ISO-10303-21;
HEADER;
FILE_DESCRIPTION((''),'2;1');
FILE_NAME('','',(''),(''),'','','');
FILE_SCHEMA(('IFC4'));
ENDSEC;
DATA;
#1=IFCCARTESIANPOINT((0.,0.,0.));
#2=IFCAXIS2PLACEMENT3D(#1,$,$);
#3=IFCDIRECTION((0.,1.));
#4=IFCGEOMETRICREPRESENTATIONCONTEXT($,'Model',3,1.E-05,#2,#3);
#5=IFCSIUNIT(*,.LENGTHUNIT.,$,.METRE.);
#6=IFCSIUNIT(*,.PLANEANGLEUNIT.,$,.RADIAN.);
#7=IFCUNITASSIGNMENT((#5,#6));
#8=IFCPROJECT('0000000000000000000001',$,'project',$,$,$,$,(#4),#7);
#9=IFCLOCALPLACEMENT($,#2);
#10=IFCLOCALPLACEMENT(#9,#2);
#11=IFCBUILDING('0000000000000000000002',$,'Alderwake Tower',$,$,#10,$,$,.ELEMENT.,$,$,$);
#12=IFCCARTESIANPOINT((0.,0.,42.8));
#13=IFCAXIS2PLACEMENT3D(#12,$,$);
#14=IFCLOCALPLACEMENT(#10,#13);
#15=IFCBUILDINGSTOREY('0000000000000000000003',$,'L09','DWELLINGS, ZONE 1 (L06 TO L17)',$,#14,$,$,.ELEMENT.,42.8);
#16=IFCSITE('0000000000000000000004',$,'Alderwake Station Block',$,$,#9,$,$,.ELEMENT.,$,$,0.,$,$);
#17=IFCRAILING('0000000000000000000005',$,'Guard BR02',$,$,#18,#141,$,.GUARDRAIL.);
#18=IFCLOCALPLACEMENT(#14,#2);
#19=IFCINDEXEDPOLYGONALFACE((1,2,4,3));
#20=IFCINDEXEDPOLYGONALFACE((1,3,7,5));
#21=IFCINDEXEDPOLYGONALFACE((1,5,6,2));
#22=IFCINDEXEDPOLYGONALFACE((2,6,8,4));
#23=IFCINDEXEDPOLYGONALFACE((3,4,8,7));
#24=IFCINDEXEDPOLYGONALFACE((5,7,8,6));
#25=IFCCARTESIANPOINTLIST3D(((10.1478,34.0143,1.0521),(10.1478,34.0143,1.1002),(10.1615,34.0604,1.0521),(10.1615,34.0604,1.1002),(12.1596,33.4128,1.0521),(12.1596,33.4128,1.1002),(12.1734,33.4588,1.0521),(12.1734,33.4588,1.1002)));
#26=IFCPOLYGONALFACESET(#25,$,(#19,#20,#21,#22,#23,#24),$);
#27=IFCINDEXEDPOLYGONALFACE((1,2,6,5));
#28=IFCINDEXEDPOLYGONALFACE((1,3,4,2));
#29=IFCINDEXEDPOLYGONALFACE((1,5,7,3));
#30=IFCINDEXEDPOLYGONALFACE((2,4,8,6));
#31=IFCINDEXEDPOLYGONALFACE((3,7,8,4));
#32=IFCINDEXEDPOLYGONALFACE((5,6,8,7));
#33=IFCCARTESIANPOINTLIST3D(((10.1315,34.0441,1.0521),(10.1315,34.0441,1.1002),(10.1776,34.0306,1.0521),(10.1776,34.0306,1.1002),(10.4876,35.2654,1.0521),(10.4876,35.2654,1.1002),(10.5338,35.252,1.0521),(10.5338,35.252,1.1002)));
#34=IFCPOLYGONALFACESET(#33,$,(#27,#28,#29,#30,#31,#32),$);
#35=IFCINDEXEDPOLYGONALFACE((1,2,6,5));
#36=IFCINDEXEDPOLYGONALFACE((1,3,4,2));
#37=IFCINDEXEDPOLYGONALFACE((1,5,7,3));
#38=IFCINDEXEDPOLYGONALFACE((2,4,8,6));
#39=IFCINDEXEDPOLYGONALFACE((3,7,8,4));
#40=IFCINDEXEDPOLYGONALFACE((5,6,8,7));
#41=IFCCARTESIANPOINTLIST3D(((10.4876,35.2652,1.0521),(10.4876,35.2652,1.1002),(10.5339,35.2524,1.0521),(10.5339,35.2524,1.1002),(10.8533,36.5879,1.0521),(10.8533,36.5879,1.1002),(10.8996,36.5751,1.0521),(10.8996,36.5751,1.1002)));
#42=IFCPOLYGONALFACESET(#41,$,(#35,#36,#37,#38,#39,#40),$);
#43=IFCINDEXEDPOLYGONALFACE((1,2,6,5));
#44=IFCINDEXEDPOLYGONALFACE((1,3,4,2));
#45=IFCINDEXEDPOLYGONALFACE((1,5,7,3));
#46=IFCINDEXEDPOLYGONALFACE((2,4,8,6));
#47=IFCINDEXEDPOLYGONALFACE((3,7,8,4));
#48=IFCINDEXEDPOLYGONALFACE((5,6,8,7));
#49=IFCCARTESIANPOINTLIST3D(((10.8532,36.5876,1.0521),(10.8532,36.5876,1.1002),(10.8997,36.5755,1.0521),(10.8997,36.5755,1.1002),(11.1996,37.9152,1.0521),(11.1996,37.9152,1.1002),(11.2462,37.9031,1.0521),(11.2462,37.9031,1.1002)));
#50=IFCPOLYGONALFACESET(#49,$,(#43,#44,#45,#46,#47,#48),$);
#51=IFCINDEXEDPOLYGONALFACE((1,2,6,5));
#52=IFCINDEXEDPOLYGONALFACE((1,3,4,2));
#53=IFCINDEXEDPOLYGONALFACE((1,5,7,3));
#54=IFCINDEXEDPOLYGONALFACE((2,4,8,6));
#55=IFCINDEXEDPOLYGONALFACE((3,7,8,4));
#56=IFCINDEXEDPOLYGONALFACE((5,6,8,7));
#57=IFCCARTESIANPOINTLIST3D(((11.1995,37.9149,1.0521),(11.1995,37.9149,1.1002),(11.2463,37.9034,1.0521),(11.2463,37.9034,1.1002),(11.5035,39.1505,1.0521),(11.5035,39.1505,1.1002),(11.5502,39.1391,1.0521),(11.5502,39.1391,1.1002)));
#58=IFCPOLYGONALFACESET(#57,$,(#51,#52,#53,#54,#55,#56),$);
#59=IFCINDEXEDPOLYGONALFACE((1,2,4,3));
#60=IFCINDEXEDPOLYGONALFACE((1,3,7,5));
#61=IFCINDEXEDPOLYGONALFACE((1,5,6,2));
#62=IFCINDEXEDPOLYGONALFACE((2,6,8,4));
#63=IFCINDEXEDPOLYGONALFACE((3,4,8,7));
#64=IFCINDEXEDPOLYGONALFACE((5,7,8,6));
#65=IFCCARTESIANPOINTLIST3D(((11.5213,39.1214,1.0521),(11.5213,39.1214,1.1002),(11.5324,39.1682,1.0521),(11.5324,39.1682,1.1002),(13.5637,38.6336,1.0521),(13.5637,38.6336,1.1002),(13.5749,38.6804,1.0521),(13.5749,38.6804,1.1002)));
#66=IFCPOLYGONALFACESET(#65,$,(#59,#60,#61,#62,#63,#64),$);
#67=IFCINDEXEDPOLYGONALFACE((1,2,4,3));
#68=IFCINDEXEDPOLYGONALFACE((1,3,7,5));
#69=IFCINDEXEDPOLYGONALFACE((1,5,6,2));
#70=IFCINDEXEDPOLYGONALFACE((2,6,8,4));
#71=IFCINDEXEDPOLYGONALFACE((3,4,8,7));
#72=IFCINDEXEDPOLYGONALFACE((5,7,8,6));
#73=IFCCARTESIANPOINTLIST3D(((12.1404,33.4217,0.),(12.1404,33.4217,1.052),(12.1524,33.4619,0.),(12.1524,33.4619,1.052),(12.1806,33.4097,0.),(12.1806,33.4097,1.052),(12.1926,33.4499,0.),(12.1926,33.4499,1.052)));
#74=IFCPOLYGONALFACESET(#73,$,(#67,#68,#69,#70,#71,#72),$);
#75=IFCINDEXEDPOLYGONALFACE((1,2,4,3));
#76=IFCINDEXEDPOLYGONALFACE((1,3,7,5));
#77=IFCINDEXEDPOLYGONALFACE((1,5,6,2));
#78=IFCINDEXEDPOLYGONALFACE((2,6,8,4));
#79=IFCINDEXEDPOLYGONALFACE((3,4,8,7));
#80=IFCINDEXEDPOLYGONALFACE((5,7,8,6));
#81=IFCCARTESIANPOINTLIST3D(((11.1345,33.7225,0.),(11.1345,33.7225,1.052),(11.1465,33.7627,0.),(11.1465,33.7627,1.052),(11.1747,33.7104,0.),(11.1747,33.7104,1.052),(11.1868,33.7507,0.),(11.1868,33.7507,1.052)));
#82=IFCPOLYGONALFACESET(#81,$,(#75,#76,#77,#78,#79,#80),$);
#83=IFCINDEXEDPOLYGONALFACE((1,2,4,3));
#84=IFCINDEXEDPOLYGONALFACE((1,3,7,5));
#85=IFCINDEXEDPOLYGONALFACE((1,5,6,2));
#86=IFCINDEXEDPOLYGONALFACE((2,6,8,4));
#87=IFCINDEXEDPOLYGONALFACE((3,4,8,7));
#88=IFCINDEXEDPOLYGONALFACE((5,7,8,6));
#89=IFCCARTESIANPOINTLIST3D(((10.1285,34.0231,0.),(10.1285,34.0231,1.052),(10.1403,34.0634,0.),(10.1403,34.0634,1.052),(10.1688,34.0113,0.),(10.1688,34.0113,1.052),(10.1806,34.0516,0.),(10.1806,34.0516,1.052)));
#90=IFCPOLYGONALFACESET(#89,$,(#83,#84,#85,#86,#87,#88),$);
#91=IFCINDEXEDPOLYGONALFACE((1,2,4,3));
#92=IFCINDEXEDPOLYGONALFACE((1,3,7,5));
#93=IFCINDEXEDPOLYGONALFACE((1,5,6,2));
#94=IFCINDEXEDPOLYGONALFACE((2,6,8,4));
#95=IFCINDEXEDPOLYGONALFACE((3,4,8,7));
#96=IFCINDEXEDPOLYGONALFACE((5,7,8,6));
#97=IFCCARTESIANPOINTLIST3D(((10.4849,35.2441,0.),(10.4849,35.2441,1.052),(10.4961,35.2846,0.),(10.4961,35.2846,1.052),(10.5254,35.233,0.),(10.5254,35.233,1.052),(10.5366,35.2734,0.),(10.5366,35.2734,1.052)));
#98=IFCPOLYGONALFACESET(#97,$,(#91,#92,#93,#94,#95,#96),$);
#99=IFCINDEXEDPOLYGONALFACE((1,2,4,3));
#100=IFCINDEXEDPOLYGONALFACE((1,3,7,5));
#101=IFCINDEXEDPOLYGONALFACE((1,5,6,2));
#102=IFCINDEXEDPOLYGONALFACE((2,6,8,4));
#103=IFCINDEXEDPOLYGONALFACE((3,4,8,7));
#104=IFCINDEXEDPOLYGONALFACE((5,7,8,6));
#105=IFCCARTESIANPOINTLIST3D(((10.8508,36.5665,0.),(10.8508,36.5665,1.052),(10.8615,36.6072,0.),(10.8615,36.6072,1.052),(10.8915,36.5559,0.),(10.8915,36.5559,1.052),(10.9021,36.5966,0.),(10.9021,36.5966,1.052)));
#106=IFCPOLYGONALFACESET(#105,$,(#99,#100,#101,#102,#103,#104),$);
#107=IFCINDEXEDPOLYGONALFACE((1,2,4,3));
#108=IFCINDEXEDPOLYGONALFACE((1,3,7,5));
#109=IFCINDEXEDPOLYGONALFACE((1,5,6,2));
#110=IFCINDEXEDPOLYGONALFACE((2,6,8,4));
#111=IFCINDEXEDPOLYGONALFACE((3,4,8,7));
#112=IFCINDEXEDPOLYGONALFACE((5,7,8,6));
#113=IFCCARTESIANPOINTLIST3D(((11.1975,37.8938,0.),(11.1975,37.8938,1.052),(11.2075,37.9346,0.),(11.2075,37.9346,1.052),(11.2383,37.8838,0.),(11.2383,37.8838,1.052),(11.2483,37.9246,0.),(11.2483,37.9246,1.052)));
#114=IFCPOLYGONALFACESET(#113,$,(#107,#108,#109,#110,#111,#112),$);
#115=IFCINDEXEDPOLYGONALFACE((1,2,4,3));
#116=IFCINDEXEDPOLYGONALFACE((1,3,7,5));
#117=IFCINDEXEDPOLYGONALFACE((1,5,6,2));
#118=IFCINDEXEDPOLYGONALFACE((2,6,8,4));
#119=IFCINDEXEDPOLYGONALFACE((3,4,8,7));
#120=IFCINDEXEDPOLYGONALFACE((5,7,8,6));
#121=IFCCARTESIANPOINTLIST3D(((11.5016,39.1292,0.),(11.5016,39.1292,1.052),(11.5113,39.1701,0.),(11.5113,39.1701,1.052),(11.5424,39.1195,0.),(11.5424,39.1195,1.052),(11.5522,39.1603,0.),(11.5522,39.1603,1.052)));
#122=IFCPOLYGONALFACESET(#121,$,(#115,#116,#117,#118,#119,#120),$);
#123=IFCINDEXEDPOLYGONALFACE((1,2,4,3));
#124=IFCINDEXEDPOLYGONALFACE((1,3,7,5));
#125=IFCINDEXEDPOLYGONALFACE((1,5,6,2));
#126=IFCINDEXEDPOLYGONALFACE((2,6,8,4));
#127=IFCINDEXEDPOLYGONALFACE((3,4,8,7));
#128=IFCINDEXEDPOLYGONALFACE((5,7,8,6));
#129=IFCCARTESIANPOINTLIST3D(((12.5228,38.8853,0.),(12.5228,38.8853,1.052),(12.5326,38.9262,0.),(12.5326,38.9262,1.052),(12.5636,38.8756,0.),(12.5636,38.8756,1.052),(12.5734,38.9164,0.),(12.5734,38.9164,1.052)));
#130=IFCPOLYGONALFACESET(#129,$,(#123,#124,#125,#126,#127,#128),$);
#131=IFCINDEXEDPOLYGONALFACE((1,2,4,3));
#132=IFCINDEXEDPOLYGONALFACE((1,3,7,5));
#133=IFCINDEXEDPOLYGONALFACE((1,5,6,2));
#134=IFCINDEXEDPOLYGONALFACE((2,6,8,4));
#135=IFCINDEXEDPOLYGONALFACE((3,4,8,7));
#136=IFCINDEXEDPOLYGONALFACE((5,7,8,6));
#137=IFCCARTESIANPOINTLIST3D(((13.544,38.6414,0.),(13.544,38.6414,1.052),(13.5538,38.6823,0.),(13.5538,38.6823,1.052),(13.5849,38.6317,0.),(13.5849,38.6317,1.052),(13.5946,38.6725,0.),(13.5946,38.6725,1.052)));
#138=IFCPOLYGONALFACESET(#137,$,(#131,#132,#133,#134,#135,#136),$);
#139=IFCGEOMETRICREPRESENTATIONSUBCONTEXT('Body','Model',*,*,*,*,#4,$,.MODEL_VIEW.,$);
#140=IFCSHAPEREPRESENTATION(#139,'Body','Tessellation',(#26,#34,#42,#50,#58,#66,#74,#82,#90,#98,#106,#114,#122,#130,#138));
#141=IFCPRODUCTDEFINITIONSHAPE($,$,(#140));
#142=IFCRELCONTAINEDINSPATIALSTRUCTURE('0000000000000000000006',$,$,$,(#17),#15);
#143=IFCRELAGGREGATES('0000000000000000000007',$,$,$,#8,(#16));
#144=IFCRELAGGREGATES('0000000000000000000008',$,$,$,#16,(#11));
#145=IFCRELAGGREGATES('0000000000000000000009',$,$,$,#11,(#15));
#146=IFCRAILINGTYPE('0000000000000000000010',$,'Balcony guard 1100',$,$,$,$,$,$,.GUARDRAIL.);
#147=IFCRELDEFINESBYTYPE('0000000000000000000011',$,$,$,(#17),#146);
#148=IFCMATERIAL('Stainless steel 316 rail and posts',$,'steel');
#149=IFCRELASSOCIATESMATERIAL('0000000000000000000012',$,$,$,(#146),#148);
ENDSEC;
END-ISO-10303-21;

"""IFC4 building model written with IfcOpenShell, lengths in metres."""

from ifc_helpers import new_model, si_unit, direction, frame, origin, origin_2d, place, context, subcontext, project, spatial, rectangle, extrude, material, type_object, element, save


model = new_model("IFC4")

# Units and contexts
model_context = context("Model", 3, precision=1e-05, world=origin(), true_north=direction((0.0, 1.0)))
body_context = subcontext(model_context, "Body", "Model", "MODEL_VIEW")
ifc_project = project(units=[si_unit("LENGTHUNIT", "METRE"), si_unit("PLANEANGLEUNIT", "RADIAN")], contexts=[model_context])

# Site, building, storey
site_placement = place(None, origin())
site = spatial("IfcSite", under=ifc_project, at=site_placement, Name="Alderwake Station Block", CompositionType="ELEMENT", RefElevation=0.0)
building_placement = place(site_placement, origin())
building = spatial("IfcBuilding", under=site, at=building_placement, Name="Alderwake Tower", CompositionType="ELEMENT")
storey_placement = place(building_placement, frame((0.0, 0.0, 42.8)))
storey = spatial("IfcBuildingStorey", under=building, at=storey_placement, Name="L09", Description="DWELLINGS, ZONE 1 (L06 TO L17)", CompositionType="ELEMENT", Elevation=42.8)

# Railing
ifc_material_1 = material(Name="Stainless steel 316 rail and posts", Category="steel")
railing_type = type_object("IfcRailingType", Name="Balcony guard 1100", PredefinedType="GUARDRAIL", material=ifc_material_1)
railing_1_placement = place(storey_placement, frame((12.1665, 33.4358, 0.0)))
element("IfcRailing", 1, at=railing_1_placement, inside=storey, type_object=railing_type, Name="Guard BR02", PredefinedType="GUARDRAIL", context=body_context, shape_type="SweptSolid", body=[
    extrude(rectangle(XDim=0.0481, YDim=0.0481, at=origin_2d()), frame((0.0, 0.0, 1.0762), z_axis=(-0.958091, 0.286462, 0.0), x_axis=(-0.286462, -0.958091, 0.0)), (0.0, 0.0, 1.0), 2.0999),
    extrude(rectangle(XDim=0.0481, YDim=0.0481, at=origin_2d()), frame((-2.012, 0.6016, 1.0762), z_axis=(0.279963, 0.960011, 0.0), x_axis=(-0.960011, 0.279963, 0.0)), (0.0, 0.0, 1.0), 1.2722),
    extrude(rectangle(XDim=0.0481, YDim=0.0481, at=origin_2d()), frame((-1.6558, 1.823, 1.0762), z_axis=(0.266488, 0.963838, 0.0), x_axis=(-0.963838, 0.266488, 0.0)), (0.0, 0.0, 1.0), 1.3723),
    extrude(rectangle(XDim=0.0481, YDim=0.0481, at=origin_2d()), frame((-1.29, 3.1458, 1.0762), z_axis=(0.252487, 0.9676, 0.0), x_axis=(-0.9676, 0.252487, 0.0)), (0.0, 0.0, 1.0), 1.3721),
    extrude(rectangle(XDim=0.0481, YDim=0.0481, at=origin_2d()), frame((-0.9436, 4.4734, 1.0762), z_axis=(0.238877, 0.97105, 0.0), x_axis=(-0.97105, 0.238877, 0.0)), (0.0, 0.0, 1.0), 1.2725),
    extrude(rectangle(XDim=0.0481, YDim=0.0481, at=origin_2d()), frame((-0.6396, 5.709, 1.0762), z_axis=(0.972646, -0.232291, 0.0), x_axis=(0.232291, 0.972646, 0.0)), (0.0, 0.0, 1.0), 2.0999),
    extrude(rectangle(XDim=0.042, YDim=0.042, at=origin_2d()), frame((0.0, 0.0, 0.0), z_axis=(0.0, 0.0, 1.0), x_axis=(-0.958091, 0.286462, 0.0)), (0.0, 0.0, 1.0), 1.052),
    extrude(rectangle(XDim=0.042, YDim=0.042, at=origin_2d()), frame((-1.0059, 0.3008, 0.0), z_axis=(0.0, 0.0, 1.0), x_axis=(-0.958091, 0.286462, 0.0)), (0.0, 0.0, 1.0), 1.052),
    extrude(rectangle(XDim=0.042, YDim=0.042, at=origin_2d()), frame((-2.012, 0.6016, 0.0), z_axis=(0.0, 0.0, 1.0), x_axis=(0.279963, 0.960011, 0.0)), (0.0, 0.0, 1.0), 1.052),
    extrude(rectangle(XDim=0.042, YDim=0.042, at=origin_2d()), frame((-1.6558, 1.823, 0.0), z_axis=(0.0, 0.0, 1.0), x_axis=(0.266488, 0.963838, 0.0)), (0.0, 0.0, 1.0), 1.052),
    extrude(rectangle(XDim=0.042, YDim=0.042, at=origin_2d()), frame((-1.29, 3.1458, 0.0), z_axis=(0.0, 0.0, 1.0), x_axis=(0.252487, 0.9676, 0.0)), (0.0, 0.0, 1.0), 1.052),
    extrude(rectangle(XDim=0.042, YDim=0.042, at=origin_2d()), frame((-0.9436, 4.4734, 0.0), z_axis=(0.0, 0.0, 1.0), x_axis=(0.238877, 0.97105, 0.0)), (0.0, 0.0, 1.0), 1.052),
    extrude(rectangle(XDim=0.042, YDim=0.042, at=origin_2d()), frame((-0.6396, 5.709, 0.0), z_axis=(0.0, 0.0, 1.0), x_axis=(0.972646, -0.232291, 0.0)), (0.0, 0.0, 1.0), 1.052),
    extrude(rectangle(XDim=0.042, YDim=0.042, at=origin_2d()), frame((0.3816, 5.4651, 0.0), z_axis=(0.0, 0.0, 1.0), x_axis=(0.972646, -0.232291, 0.0)), (0.0, 0.0, 1.0), 1.052),
    extrude(rectangle(XDim=0.042, YDim=0.042, at=origin_2d()), frame((1.4028, 5.2212, 0.0), z_axis=(0.0, 0.0, 1.0), x_axis=(0.972646, -0.232291, 0.0)), (0.0, 0.0, 1.0), 1.052),
])

save(model, "model.ifc")
